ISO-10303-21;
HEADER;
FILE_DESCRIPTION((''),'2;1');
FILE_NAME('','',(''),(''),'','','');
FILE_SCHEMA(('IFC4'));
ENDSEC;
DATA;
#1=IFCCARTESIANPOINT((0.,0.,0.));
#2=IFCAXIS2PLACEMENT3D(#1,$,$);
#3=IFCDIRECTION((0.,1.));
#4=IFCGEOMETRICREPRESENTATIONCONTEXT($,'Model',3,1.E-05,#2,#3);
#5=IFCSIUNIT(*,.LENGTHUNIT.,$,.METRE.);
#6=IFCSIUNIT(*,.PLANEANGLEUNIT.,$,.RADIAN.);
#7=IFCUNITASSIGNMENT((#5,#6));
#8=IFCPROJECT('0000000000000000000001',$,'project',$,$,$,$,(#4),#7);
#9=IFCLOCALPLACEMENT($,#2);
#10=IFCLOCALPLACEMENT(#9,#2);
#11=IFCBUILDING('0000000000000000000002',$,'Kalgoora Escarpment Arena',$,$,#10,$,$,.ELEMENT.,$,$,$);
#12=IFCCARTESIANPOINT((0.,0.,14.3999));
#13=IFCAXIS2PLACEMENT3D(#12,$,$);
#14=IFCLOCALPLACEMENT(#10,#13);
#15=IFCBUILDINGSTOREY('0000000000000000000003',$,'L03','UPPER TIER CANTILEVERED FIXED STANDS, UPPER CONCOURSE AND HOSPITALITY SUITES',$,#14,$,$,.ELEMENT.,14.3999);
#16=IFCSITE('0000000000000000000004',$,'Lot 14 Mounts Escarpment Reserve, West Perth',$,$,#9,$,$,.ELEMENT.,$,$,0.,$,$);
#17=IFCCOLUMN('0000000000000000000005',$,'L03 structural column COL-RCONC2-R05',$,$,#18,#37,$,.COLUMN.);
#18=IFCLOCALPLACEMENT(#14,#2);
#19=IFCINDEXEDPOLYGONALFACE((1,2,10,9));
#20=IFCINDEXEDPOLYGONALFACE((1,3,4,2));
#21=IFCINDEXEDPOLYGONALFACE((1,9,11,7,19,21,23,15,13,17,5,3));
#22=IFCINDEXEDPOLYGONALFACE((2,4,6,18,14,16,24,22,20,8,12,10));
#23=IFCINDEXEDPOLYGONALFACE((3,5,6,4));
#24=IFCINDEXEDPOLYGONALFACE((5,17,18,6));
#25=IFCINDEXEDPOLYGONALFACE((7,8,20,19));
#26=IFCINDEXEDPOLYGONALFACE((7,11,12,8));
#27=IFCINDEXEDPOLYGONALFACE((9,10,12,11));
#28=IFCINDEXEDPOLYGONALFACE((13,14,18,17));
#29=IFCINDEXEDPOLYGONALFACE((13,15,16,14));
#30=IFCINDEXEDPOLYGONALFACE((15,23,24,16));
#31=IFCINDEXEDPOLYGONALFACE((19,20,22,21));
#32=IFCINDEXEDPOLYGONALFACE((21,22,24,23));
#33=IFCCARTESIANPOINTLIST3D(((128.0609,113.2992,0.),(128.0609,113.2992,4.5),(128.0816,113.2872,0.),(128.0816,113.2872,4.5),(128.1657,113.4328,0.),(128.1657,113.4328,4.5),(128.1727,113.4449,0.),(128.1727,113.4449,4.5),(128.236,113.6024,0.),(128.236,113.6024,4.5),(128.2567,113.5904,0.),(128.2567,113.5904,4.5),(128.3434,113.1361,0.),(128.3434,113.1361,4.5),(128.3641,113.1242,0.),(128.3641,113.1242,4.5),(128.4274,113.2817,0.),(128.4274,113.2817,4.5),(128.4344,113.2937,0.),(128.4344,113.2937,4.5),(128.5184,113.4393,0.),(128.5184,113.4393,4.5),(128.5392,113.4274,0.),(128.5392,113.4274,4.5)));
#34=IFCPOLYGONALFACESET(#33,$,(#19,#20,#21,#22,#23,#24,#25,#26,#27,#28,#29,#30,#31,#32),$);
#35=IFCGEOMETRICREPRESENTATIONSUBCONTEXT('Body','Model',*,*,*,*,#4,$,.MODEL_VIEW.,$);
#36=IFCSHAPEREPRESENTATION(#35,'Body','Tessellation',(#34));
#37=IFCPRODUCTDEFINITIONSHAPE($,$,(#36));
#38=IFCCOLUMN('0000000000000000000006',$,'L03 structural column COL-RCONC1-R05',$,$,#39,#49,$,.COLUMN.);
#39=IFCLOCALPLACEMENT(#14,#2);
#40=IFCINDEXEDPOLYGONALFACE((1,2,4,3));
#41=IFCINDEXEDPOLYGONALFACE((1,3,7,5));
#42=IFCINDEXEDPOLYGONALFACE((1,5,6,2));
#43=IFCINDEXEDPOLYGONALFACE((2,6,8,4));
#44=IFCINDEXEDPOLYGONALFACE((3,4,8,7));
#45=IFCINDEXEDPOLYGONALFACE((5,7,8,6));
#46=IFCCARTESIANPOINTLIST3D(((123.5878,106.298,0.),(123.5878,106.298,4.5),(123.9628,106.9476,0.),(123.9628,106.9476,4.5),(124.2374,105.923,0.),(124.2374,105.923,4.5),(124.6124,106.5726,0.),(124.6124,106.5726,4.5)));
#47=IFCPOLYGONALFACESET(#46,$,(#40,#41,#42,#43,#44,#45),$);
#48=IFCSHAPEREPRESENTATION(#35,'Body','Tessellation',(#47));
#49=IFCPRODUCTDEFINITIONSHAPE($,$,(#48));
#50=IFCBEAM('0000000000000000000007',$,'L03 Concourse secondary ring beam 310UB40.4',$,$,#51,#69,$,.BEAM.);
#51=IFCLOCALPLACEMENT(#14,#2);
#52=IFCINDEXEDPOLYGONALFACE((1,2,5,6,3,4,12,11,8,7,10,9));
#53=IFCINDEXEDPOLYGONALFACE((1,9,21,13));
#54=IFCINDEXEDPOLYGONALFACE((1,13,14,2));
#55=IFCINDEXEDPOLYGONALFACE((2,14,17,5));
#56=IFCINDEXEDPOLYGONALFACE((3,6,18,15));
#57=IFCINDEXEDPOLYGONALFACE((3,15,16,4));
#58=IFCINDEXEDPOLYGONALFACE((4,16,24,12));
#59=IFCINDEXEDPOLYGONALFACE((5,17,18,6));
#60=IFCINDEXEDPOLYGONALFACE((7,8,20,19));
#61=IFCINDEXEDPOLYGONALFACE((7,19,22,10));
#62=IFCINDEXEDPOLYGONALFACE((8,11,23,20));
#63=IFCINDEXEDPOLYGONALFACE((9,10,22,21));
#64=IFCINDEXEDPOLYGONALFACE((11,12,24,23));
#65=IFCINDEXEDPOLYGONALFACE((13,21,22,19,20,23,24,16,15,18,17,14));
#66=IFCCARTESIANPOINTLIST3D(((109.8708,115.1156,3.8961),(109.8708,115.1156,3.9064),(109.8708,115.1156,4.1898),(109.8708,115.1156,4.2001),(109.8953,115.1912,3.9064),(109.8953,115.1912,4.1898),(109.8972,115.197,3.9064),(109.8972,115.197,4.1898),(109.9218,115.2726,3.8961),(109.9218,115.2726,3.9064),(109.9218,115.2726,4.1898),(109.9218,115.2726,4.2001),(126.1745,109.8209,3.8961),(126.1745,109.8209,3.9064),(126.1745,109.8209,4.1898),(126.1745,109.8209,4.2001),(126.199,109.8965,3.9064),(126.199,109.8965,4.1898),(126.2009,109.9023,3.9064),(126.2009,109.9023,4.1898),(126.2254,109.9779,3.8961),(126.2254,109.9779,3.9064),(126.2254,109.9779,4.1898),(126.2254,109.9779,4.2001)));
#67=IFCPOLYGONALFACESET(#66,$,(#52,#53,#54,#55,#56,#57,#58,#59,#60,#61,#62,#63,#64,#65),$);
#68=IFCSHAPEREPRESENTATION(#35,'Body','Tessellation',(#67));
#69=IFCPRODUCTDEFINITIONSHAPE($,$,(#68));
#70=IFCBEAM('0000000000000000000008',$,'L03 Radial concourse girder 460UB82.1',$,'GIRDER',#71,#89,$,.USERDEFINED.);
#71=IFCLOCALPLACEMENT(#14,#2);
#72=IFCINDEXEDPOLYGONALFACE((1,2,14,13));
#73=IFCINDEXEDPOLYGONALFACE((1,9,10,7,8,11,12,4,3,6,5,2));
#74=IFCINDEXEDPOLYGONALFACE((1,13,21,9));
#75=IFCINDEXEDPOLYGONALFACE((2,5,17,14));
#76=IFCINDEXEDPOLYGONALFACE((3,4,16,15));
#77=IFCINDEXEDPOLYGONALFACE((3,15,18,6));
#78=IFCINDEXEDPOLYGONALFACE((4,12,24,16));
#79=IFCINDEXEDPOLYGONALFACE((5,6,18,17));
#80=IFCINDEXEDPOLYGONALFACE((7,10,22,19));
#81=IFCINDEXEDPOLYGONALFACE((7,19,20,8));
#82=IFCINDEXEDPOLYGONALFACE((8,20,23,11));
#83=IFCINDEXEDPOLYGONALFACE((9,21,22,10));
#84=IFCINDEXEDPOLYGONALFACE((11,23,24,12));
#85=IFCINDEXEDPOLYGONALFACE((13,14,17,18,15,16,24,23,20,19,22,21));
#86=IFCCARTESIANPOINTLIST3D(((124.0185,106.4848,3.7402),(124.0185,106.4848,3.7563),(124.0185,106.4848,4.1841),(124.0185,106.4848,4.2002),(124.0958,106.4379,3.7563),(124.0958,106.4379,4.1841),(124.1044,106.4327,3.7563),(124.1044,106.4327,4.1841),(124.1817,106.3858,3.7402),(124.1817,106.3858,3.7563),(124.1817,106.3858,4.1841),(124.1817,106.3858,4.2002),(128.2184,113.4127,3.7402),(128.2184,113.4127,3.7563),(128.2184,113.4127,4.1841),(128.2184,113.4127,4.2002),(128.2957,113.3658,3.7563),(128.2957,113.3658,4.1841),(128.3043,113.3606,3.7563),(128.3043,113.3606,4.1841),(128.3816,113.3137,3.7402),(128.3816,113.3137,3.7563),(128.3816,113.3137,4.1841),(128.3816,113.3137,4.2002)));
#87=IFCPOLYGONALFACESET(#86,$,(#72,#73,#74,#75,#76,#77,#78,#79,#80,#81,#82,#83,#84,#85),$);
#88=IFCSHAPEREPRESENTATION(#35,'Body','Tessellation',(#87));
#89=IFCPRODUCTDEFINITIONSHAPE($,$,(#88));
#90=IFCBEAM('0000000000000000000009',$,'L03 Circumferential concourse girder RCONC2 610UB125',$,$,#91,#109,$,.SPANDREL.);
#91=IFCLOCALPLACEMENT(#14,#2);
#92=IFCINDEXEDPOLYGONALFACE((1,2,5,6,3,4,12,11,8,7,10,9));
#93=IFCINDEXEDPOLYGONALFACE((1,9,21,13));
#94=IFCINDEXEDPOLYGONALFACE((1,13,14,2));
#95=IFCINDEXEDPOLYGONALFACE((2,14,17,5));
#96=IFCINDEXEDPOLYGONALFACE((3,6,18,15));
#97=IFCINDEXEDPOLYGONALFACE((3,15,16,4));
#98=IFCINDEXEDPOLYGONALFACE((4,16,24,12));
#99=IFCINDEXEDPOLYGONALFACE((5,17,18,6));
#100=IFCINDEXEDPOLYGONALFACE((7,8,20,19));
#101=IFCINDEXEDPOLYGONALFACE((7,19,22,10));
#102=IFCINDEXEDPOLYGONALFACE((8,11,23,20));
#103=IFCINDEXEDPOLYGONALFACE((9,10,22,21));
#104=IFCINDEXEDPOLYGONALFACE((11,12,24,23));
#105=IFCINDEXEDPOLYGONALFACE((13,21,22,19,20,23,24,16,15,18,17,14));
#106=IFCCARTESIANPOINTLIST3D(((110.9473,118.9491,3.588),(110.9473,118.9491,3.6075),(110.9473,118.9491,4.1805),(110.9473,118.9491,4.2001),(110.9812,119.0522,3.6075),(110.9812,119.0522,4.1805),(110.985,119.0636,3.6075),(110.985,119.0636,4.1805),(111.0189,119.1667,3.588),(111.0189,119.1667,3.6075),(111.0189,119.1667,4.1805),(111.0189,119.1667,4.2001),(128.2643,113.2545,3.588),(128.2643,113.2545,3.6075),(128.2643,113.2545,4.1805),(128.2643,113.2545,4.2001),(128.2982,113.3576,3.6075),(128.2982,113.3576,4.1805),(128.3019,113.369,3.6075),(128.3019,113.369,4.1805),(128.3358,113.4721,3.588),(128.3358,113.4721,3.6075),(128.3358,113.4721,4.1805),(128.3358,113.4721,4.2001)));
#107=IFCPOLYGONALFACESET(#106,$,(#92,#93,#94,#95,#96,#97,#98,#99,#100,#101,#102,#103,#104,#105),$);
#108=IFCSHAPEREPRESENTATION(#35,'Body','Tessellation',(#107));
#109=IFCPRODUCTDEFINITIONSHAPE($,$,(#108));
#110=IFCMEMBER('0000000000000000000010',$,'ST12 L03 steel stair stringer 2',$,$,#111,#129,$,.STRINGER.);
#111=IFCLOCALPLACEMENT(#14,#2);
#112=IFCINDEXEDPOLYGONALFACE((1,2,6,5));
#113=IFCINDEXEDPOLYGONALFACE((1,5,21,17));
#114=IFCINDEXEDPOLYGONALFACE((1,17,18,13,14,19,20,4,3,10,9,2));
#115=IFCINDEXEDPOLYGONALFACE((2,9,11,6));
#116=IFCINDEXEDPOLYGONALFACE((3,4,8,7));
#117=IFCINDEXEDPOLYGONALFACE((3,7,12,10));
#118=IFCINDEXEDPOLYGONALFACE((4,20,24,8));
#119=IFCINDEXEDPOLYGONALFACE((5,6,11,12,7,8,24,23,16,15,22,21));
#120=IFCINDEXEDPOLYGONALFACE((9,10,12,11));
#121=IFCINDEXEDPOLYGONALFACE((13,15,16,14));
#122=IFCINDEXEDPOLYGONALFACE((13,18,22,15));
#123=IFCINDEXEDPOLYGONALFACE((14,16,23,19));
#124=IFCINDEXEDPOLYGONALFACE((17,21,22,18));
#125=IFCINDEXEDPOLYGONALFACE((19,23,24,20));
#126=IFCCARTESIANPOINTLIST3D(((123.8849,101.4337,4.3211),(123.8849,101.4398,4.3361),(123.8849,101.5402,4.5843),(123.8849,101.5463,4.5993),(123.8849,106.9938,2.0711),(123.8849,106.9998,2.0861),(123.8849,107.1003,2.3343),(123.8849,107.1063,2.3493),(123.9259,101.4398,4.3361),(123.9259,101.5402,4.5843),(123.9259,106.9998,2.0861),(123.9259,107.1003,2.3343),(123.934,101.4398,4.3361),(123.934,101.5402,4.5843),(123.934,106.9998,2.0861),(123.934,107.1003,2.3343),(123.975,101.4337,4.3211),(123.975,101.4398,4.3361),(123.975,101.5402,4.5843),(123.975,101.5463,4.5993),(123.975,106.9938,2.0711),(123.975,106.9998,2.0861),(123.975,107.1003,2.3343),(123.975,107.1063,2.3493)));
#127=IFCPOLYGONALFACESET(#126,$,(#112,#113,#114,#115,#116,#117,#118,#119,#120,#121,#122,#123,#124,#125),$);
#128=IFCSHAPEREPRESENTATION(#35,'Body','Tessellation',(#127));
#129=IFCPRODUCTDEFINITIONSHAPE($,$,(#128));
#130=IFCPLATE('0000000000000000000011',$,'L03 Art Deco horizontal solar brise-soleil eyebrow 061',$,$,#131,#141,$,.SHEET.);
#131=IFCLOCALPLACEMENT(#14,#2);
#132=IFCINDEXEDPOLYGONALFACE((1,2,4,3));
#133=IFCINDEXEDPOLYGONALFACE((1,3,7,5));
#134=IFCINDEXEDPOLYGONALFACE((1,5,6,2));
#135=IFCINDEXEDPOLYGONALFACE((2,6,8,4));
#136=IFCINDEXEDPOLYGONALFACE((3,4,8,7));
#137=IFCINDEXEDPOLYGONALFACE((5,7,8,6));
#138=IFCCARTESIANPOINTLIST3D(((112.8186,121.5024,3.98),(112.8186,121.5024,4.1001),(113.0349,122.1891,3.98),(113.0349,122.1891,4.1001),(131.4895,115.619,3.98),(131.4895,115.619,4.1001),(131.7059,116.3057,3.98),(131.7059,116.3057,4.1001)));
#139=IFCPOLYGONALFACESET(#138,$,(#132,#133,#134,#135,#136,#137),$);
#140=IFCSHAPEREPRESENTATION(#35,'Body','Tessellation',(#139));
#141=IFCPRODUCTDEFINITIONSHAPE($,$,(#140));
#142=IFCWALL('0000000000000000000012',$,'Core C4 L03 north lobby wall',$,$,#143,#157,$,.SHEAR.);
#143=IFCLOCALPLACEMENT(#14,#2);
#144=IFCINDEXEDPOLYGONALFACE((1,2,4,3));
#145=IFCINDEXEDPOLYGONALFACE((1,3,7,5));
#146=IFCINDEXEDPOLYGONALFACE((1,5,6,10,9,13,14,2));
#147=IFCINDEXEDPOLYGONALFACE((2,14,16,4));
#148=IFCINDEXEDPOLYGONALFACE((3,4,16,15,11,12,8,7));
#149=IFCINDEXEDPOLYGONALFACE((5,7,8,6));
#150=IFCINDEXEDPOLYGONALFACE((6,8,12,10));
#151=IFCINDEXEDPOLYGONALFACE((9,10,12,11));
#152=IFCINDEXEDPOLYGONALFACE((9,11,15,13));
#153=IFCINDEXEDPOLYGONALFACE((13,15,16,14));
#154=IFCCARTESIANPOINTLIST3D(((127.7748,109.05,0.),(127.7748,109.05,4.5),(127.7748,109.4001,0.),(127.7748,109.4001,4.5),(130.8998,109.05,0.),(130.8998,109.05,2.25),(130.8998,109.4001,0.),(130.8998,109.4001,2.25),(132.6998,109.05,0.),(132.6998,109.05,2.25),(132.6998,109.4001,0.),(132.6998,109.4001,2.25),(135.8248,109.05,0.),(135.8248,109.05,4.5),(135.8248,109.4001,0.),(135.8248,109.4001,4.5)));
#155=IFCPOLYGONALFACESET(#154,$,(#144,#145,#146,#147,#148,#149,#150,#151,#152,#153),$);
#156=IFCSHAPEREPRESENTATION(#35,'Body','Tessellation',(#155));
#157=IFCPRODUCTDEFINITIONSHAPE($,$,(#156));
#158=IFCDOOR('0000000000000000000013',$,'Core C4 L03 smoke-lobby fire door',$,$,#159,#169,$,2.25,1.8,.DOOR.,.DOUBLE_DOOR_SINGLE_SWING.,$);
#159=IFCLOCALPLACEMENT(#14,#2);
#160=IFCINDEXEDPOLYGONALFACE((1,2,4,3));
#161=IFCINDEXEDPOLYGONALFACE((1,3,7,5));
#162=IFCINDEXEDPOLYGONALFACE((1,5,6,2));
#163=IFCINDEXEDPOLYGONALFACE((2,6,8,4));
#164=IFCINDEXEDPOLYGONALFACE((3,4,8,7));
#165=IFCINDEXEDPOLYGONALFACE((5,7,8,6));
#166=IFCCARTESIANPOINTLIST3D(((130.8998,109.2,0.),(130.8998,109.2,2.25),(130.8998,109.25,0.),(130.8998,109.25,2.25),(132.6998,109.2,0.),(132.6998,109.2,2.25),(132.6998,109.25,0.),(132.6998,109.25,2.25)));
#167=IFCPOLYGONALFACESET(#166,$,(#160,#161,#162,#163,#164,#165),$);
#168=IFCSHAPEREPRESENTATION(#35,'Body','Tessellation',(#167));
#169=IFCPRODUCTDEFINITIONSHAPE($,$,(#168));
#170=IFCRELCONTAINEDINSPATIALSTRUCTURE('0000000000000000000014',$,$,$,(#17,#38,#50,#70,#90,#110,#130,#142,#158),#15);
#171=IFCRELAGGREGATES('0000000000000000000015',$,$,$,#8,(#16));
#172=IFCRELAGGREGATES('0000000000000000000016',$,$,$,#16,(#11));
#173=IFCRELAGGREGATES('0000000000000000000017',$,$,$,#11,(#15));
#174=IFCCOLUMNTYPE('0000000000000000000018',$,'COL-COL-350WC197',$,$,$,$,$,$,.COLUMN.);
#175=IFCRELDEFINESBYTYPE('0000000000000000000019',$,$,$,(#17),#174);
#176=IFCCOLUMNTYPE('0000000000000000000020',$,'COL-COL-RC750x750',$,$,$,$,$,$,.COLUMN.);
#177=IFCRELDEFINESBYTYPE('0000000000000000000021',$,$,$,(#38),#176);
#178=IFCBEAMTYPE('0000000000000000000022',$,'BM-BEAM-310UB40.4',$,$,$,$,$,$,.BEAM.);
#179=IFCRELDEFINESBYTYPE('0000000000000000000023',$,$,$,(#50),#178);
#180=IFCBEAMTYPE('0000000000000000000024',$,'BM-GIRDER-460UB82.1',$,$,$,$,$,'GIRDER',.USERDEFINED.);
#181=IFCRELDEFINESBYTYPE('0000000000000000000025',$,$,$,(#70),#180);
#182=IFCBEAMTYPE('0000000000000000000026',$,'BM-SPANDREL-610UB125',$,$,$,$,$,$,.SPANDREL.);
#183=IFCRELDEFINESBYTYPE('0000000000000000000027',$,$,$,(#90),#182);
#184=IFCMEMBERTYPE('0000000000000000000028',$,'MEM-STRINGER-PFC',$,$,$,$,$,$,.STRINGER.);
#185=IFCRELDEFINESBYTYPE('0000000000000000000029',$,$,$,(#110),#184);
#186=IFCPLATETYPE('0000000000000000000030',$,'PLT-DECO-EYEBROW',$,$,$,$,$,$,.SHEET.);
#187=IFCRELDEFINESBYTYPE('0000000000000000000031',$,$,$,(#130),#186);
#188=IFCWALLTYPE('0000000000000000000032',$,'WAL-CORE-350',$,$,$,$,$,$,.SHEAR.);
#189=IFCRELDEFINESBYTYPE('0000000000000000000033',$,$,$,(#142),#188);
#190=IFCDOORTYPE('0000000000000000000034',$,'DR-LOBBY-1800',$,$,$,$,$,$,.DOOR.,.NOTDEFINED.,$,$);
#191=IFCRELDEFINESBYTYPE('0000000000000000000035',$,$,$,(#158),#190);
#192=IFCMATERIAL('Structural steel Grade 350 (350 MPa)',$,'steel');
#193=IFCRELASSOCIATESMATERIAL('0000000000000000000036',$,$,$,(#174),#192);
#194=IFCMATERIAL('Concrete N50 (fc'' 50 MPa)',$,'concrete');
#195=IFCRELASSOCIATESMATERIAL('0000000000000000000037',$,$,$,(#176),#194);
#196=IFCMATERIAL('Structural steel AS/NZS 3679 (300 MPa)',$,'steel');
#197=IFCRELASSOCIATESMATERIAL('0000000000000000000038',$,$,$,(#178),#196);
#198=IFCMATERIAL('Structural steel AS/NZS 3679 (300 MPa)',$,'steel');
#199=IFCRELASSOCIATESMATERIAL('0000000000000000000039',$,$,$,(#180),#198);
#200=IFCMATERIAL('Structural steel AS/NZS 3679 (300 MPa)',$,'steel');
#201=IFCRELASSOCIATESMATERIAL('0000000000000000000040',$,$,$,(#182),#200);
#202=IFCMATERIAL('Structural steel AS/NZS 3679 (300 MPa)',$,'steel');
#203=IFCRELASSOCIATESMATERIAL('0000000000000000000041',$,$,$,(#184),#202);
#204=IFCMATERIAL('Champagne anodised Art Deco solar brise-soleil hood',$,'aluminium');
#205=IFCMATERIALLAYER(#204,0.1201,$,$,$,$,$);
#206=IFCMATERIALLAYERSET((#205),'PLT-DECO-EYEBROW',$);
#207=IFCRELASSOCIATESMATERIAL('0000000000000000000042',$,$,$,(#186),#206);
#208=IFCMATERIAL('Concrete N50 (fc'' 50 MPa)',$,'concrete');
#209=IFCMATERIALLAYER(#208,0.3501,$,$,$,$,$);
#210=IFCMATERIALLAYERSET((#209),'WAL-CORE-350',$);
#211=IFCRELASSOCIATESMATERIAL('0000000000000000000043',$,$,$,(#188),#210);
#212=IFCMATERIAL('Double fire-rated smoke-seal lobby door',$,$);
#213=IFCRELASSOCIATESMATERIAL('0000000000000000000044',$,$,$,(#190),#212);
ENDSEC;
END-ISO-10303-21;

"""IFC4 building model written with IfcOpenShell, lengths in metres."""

from ifc_helpers import new_model, si_unit, direction, frame, frame_2d, origin, origin_2d, place, context, subcontext, project, spatial, rectangle, i_section, extrude, material, layer, layer_set, material_profile, profile_set, type_object, element, fill, save


model = new_model("IFC4")

# Units and contexts
model_context = context("Model", 3, precision=1e-05, world=origin(), true_north=direction((0.0, 1.0)))
body_context = subcontext(model_context, "Body", "Model", "MODEL_VIEW")
ifc_project = project(units=[si_unit("LENGTHUNIT", "METRE"), si_unit("PLANEANGLEUNIT", "RADIAN")], contexts=[model_context])

# Site, building, storey
site_placement = place(None, origin())
site = spatial("IfcSite", under=ifc_project, at=site_placement, Name="Lot 14 Mounts Escarpment Reserve, West Perth", CompositionType="ELEMENT", RefElevation=0.0)
building_placement = place(site_placement, origin())
building = spatial("IfcBuilding", under=site, at=building_placement, Name="Kalgoora Escarpment Arena", CompositionType="ELEMENT")
storey_placement = place(building_placement, frame((0.0, 0.0, 14.3999)))
storey = spatial("IfcBuildingStorey", under=building, at=storey_placement, Name="L03", Description="UPPER TIER CANTILEVERED FIXED STANDS, UPPER CONCOURSE AND HOSPITALITY SUITES", CompositionType="ELEMENT", Elevation=14.3999)

# Columns
ifc_material_1 = material(Name="Structural steel Grade 350 (350 MPa)", Category="steel")
ifc_material_profile_1 = material_profile(ifc_material_1, i_section(OverallWidth=0.3501, OverallDepth=0.3501, WebThickness=0.0139, FlangeThickness=0.0239, at=origin_2d()))
ifc_profile_set_1 = profile_set([ifc_material_profile_1], Name="Structural steel Grade 350 (350 MPa)")
column_type_1 = type_object("IfcColumnType", Name="COL-COL-350WC197", PredefinedType="COLUMN", material=ifc_profile_set_1)
column_1_placement = place(storey_placement, frame((128.3, 113.3633, 0.0), z_axis=(0.0, 0.0, 1.0), x_axis=(0.5, 0.866025, 0.0)))
element("IfcColumn", 1, at=column_1_placement, inside=storey, type_object=column_type_1, Name="L03 structural column COL-RCONC2-R05", PredefinedType="COLUMN", context=body_context, shape_type="SweptSolid", body=[
    extrude(i_section(OverallWidth=0.3501, OverallDepth=0.3501, WebThickness=0.0139, FlangeThickness=0.0239, at=origin_2d()), origin(), (0.0, 0.0, 1.0), 4.5),
])
ifc_material_2 = material(Name="Concrete N50 (fc' 50 MPa)", Category="concrete")
ifc_material_profile_2 = material_profile(ifc_material_2, rectangle(XDim=0.75, YDim=0.75, at=origin_2d()))
ifc_profile_set_2 = profile_set([ifc_material_profile_2], Name="Concrete N50 (fc' 50 MPa)")
column_type_2 = type_object("IfcColumnType", Name="COL-COL-RC750x750", PredefinedType="COLUMN", material=ifc_profile_set_2)
column_2_placement = place(storey_placement, frame((124.1001, 106.4353, 0.0), z_axis=(0.0, 0.0, 1.0), x_axis=(0.5, 0.866025, 0.0)))
element("IfcColumn", 2, at=column_2_placement, inside=storey, type_object=column_type_2, Name="L03 structural column COL-RCONC1-R05", PredefinedType="COLUMN", context=body_context, shape_type="SweptSolid", body=[
    extrude(rectangle(XDim=0.75, YDim=0.75, at=origin_2d()), origin(), (0.0, 0.0, 1.0), 4.5),
])

# Beams
ifc_material_3 = material(Name="Structural steel AS/NZS 3679 (300 MPa)", Category="steel")
ifc_material_profile_3 = material_profile(ifc_material_3, i_section(OverallWidth=0.165, OverallDepth=0.304, WebThickness=0.0061, FlangeThickness=0.0103, at=origin_2d()))
ifc_profile_set_3 = profile_set([ifc_material_profile_3], Name="Structural steel AS/NZS 3679 (300 MPa)")
beam_type_1 = type_object("IfcBeamType", Name="BM-BEAM-310UB40.4", PredefinedType="BEAM", material=ifc_profile_set_3)
beam_1_placement = place(storey_placement, frame((126.2, 109.8994, 4.0481), z_axis=(-0.951103, 0.308874, 0.0), x_axis=(-0.308874, -0.951103, 0.0)))
element("IfcBeam", 3, at=beam_1_placement, inside=storey, type_object=beam_type_1, Name="L03 Concourse secondary ring beam 310UB40.4", PredefinedType="BEAM", context=body_context, shape_type="SweptSolid", body=[
    extrude(i_section(OverallWidth=0.165, OverallDepth=0.304, WebThickness=0.0061, FlangeThickness=0.0103, at=origin_2d()), origin(), (0.0, 0.0, 1.0), 17.1418),
])
ifc_material_4 = material(Name="Structural steel AS/NZS 3679 (300 MPa)", Category="steel")
ifc_material_profile_4 = material_profile(ifc_material_4, i_section(OverallWidth=0.1909, OverallDepth=0.46, WebThickness=0.01, FlangeThickness=0.0161, at=origin_2d()))
ifc_profile_set_4 = profile_set([ifc_material_profile_4], Name="Structural steel AS/NZS 3679 (300 MPa)")
beam_type_2 = type_object("IfcBeamType", Name="BM-GIRDER-460UB82.1", ElementType="GIRDER", PredefinedType="USERDEFINED", material=ifc_profile_set_4)
beam_2_placement = place(storey_placement, frame((124.1001, 106.4353, 3.9702), z_axis=(0.518408, 0.855133, 0.0), x_axis=(-0.855133, 0.518408, 0.0)))
element("IfcBeam", 4, at=beam_2_placement, inside=storey, type_object=beam_type_2, Name="L03 Radial concourse girder 460UB82.1", ObjectType="GIRDER", PredefinedType="USERDEFINED", context=body_context, shape_type="SweptSolid", body=[
    extrude(i_section(OverallWidth=0.1909, OverallDepth=0.46, WebThickness=0.01, FlangeThickness=0.0161, at=origin_2d()), origin(), (0.0, 0.0, 1.0), 8.1016),
])
ifc_material_5 = material(Name="Structural steel AS/NZS 3679 (300 MPa)", Category="steel")
ifc_material_profile_5 = material_profile(ifc_material_5, i_section(OverallWidth=0.229, OverallDepth=0.6121, WebThickness=0.012, FlangeThickness=0.0195, at=origin_2d()))
ifc_profile_set_5 = profile_set([ifc_material_profile_5], Name="Structural steel AS/NZS 3679 (300 MPa)")
beam_type_3 = type_object("IfcBeamType", Name="BM-SPANDREL-610UB125", PredefinedType="SPANDREL", material=ifc_profile_set_5)
beam_3_placement = place(storey_placement, frame((128.3, 113.3633, 3.894), z_axis=(-0.949955, 0.312388, 0.0), x_axis=(-0.312388, -0.949955, 0.0)))
element("IfcBeam", 5, at=beam_3_placement, inside=storey, type_object=beam_type_3, Name="L03 Circumferential concourse girder RCONC2 610UB125", PredefinedType="SPANDREL", context=body_context, shape_type="SweptSolid", body=[
    extrude(i_section(OverallWidth=0.229, OverallDepth=0.6121, WebThickness=0.012, FlangeThickness=0.0195, at=origin_2d()), origin(), (0.0, 0.0, 1.0), 18.2292),
])

# Member
ifc_material_6 = material(Name="Structural steel AS/NZS 3679 (300 MPa)", Category="steel")
ifc_material_profile_6 = material_profile(ifc_material_6, i_section(OverallWidth=0.0901, OverallDepth=0.3, WebThickness=0.0081, FlangeThickness=0.0161, at=origin_2d()))
ifc_profile_set_6 = profile_set([ifc_material_profile_6], Name="Structural steel AS/NZS 3679 (300 MPa)")
member_type = type_object("IfcMemberType", Name="MEM-STRINGER-PFC", PredefinedType="STRINGER", material=ifc_profile_set_6)
member_placement = place(storey_placement, frame((123.9299, 107.05, 2.2102), z_axis=(0.0, -0.926976, 0.375121), x_axis=(1.0, 0.0, 0.0)))
element("IfcMember", 6, at=member_placement, inside=storey, type_object=member_type, Name="ST12 L03 steel stair stringer 2", PredefinedType="STRINGER", context=body_context, shape_type="SweptSolid", body=[
    extrude(i_section(OverallWidth=0.0901, OverallDepth=0.3, WebThickness=0.0081, FlangeThickness=0.0161, at=origin_2d()), origin(), (0.0, 0.0, 1.0), 5.998),
])

# Plate
ifc_material_7 = material(Name="Champagne anodised Art Deco solar brise-soleil hood", Category="aluminium")
ifc_layer_1 = layer(ifc_material_7, 0.1201)
ifc_layer_set_1 = layer_set([ifc_layer_1], Name="PLT-DECO-EYEBROW")
plate_type = type_object("IfcPlateType", Name="PLT-DECO-EYEBROW", PredefinedType="SHEET", material=ifc_layer_set_1)
plate_placement = place(storey_placement, frame((122.2622, 118.9041, 3.98), z_axis=(0.0, 0.0, 1.0), x_axis=(0.953769, -0.300539, 0.0)))
element("IfcPlate", 7, at=plate_placement, inside=storey, type_object=plate_type, Name="L03 Art Deco horizontal solar brise-soleil eyebrow 061", PredefinedType="SHEET", context=body_context, shape_type="SweptSolid", body=[
    extrude(rectangle(XDim=19.5759, YDim=0.72, at=origin_2d()), origin(), (0.0, 0.0, 1.0), 0.1201),
])

# Wall, opening, door
ifc_material_8 = material(Name="Concrete N50 (fc' 50 MPa)", Category="concrete")
ifc_layer_2 = layer(ifc_material_8, 0.3501)
ifc_layer_set_2 = layer_set([ifc_layer_2], Name="WAL-CORE-350")
wall_type_1 = type_object("IfcWallType", Name="WAL-CORE-350", PredefinedType="SHEAR", material=ifc_layer_set_2)
wall_1_placement = place(storey_placement, frame((127.7749, 109.2251, 0.0), z_axis=(0.0, 0.0, 1.0), x_axis=(1.0, 0.0, 0.0)))
wall_1 = element("IfcWall", 8, at=wall_1_placement, inside=storey, type_object=wall_type_1, Name="Core C4 L03 north lobby wall", PredefinedType="SHEAR", context=body_context, shape_type="SweptSolid", body=[
    extrude(rectangle(XDim=8.05, YDim=0.3501, at=frame_2d((4.0249, 0.0))), origin(), (0.0, 0.0, 1.0), 4.5),
])
opening_1_placement = place(wall_1_placement, frame((3.125, 0.0, 0.0)))
opening_1 = element("IfcOpeningElement", 9, at=opening_1_placement, cuts=wall_1, PredefinedType="OPENING", context=body_context, shape_type="SweptSolid", body=[
    extrude(rectangle(XDim=1.8, YDim=2.25, at=frame_2d((0.8999, 1.125))), frame((0.0, 0.1851, 0.0), z_axis=(0.0, -1.0, 0.0), x_axis=(1.0, 0.0, 0.0)), (0.0, 0.0, 1.0), 0.3701),
])
ifc_material_9 = material(Name="Double fire-rated smoke-seal lobby door")
door_type_1 = type_object("IfcDoorType", Name="DR-LOBBY-1800", OperationType="NOTDEFINED", PredefinedType="DOOR", material=ifc_material_9)
door_1_placement = place(opening_1_placement, origin())
door_1 = element("IfcDoor", 10, at=door_1_placement, inside=storey, type_object=door_type_1, Name="Core C4 L03 smoke-lobby fire door", OperationType="DOUBLE_DOOR_SINGLE_SWING", OverallHeight=2.25, OverallWidth=1.8, PredefinedType="DOOR", context=body_context, shape_type="SweptSolid", body=[
    extrude(rectangle(XDim=1.8, YDim=2.25, at=frame_2d((0.8999, 1.125))), frame((0.0, 0.0249, 0.0), z_axis=(0.0, -1.0, 0.0), x_axis=(1.0, 0.0, 0.0)), (0.0, 0.0, 1.0), 0.05),
])
fill(opening_1, door_1)

save(model, "model.ifc")
